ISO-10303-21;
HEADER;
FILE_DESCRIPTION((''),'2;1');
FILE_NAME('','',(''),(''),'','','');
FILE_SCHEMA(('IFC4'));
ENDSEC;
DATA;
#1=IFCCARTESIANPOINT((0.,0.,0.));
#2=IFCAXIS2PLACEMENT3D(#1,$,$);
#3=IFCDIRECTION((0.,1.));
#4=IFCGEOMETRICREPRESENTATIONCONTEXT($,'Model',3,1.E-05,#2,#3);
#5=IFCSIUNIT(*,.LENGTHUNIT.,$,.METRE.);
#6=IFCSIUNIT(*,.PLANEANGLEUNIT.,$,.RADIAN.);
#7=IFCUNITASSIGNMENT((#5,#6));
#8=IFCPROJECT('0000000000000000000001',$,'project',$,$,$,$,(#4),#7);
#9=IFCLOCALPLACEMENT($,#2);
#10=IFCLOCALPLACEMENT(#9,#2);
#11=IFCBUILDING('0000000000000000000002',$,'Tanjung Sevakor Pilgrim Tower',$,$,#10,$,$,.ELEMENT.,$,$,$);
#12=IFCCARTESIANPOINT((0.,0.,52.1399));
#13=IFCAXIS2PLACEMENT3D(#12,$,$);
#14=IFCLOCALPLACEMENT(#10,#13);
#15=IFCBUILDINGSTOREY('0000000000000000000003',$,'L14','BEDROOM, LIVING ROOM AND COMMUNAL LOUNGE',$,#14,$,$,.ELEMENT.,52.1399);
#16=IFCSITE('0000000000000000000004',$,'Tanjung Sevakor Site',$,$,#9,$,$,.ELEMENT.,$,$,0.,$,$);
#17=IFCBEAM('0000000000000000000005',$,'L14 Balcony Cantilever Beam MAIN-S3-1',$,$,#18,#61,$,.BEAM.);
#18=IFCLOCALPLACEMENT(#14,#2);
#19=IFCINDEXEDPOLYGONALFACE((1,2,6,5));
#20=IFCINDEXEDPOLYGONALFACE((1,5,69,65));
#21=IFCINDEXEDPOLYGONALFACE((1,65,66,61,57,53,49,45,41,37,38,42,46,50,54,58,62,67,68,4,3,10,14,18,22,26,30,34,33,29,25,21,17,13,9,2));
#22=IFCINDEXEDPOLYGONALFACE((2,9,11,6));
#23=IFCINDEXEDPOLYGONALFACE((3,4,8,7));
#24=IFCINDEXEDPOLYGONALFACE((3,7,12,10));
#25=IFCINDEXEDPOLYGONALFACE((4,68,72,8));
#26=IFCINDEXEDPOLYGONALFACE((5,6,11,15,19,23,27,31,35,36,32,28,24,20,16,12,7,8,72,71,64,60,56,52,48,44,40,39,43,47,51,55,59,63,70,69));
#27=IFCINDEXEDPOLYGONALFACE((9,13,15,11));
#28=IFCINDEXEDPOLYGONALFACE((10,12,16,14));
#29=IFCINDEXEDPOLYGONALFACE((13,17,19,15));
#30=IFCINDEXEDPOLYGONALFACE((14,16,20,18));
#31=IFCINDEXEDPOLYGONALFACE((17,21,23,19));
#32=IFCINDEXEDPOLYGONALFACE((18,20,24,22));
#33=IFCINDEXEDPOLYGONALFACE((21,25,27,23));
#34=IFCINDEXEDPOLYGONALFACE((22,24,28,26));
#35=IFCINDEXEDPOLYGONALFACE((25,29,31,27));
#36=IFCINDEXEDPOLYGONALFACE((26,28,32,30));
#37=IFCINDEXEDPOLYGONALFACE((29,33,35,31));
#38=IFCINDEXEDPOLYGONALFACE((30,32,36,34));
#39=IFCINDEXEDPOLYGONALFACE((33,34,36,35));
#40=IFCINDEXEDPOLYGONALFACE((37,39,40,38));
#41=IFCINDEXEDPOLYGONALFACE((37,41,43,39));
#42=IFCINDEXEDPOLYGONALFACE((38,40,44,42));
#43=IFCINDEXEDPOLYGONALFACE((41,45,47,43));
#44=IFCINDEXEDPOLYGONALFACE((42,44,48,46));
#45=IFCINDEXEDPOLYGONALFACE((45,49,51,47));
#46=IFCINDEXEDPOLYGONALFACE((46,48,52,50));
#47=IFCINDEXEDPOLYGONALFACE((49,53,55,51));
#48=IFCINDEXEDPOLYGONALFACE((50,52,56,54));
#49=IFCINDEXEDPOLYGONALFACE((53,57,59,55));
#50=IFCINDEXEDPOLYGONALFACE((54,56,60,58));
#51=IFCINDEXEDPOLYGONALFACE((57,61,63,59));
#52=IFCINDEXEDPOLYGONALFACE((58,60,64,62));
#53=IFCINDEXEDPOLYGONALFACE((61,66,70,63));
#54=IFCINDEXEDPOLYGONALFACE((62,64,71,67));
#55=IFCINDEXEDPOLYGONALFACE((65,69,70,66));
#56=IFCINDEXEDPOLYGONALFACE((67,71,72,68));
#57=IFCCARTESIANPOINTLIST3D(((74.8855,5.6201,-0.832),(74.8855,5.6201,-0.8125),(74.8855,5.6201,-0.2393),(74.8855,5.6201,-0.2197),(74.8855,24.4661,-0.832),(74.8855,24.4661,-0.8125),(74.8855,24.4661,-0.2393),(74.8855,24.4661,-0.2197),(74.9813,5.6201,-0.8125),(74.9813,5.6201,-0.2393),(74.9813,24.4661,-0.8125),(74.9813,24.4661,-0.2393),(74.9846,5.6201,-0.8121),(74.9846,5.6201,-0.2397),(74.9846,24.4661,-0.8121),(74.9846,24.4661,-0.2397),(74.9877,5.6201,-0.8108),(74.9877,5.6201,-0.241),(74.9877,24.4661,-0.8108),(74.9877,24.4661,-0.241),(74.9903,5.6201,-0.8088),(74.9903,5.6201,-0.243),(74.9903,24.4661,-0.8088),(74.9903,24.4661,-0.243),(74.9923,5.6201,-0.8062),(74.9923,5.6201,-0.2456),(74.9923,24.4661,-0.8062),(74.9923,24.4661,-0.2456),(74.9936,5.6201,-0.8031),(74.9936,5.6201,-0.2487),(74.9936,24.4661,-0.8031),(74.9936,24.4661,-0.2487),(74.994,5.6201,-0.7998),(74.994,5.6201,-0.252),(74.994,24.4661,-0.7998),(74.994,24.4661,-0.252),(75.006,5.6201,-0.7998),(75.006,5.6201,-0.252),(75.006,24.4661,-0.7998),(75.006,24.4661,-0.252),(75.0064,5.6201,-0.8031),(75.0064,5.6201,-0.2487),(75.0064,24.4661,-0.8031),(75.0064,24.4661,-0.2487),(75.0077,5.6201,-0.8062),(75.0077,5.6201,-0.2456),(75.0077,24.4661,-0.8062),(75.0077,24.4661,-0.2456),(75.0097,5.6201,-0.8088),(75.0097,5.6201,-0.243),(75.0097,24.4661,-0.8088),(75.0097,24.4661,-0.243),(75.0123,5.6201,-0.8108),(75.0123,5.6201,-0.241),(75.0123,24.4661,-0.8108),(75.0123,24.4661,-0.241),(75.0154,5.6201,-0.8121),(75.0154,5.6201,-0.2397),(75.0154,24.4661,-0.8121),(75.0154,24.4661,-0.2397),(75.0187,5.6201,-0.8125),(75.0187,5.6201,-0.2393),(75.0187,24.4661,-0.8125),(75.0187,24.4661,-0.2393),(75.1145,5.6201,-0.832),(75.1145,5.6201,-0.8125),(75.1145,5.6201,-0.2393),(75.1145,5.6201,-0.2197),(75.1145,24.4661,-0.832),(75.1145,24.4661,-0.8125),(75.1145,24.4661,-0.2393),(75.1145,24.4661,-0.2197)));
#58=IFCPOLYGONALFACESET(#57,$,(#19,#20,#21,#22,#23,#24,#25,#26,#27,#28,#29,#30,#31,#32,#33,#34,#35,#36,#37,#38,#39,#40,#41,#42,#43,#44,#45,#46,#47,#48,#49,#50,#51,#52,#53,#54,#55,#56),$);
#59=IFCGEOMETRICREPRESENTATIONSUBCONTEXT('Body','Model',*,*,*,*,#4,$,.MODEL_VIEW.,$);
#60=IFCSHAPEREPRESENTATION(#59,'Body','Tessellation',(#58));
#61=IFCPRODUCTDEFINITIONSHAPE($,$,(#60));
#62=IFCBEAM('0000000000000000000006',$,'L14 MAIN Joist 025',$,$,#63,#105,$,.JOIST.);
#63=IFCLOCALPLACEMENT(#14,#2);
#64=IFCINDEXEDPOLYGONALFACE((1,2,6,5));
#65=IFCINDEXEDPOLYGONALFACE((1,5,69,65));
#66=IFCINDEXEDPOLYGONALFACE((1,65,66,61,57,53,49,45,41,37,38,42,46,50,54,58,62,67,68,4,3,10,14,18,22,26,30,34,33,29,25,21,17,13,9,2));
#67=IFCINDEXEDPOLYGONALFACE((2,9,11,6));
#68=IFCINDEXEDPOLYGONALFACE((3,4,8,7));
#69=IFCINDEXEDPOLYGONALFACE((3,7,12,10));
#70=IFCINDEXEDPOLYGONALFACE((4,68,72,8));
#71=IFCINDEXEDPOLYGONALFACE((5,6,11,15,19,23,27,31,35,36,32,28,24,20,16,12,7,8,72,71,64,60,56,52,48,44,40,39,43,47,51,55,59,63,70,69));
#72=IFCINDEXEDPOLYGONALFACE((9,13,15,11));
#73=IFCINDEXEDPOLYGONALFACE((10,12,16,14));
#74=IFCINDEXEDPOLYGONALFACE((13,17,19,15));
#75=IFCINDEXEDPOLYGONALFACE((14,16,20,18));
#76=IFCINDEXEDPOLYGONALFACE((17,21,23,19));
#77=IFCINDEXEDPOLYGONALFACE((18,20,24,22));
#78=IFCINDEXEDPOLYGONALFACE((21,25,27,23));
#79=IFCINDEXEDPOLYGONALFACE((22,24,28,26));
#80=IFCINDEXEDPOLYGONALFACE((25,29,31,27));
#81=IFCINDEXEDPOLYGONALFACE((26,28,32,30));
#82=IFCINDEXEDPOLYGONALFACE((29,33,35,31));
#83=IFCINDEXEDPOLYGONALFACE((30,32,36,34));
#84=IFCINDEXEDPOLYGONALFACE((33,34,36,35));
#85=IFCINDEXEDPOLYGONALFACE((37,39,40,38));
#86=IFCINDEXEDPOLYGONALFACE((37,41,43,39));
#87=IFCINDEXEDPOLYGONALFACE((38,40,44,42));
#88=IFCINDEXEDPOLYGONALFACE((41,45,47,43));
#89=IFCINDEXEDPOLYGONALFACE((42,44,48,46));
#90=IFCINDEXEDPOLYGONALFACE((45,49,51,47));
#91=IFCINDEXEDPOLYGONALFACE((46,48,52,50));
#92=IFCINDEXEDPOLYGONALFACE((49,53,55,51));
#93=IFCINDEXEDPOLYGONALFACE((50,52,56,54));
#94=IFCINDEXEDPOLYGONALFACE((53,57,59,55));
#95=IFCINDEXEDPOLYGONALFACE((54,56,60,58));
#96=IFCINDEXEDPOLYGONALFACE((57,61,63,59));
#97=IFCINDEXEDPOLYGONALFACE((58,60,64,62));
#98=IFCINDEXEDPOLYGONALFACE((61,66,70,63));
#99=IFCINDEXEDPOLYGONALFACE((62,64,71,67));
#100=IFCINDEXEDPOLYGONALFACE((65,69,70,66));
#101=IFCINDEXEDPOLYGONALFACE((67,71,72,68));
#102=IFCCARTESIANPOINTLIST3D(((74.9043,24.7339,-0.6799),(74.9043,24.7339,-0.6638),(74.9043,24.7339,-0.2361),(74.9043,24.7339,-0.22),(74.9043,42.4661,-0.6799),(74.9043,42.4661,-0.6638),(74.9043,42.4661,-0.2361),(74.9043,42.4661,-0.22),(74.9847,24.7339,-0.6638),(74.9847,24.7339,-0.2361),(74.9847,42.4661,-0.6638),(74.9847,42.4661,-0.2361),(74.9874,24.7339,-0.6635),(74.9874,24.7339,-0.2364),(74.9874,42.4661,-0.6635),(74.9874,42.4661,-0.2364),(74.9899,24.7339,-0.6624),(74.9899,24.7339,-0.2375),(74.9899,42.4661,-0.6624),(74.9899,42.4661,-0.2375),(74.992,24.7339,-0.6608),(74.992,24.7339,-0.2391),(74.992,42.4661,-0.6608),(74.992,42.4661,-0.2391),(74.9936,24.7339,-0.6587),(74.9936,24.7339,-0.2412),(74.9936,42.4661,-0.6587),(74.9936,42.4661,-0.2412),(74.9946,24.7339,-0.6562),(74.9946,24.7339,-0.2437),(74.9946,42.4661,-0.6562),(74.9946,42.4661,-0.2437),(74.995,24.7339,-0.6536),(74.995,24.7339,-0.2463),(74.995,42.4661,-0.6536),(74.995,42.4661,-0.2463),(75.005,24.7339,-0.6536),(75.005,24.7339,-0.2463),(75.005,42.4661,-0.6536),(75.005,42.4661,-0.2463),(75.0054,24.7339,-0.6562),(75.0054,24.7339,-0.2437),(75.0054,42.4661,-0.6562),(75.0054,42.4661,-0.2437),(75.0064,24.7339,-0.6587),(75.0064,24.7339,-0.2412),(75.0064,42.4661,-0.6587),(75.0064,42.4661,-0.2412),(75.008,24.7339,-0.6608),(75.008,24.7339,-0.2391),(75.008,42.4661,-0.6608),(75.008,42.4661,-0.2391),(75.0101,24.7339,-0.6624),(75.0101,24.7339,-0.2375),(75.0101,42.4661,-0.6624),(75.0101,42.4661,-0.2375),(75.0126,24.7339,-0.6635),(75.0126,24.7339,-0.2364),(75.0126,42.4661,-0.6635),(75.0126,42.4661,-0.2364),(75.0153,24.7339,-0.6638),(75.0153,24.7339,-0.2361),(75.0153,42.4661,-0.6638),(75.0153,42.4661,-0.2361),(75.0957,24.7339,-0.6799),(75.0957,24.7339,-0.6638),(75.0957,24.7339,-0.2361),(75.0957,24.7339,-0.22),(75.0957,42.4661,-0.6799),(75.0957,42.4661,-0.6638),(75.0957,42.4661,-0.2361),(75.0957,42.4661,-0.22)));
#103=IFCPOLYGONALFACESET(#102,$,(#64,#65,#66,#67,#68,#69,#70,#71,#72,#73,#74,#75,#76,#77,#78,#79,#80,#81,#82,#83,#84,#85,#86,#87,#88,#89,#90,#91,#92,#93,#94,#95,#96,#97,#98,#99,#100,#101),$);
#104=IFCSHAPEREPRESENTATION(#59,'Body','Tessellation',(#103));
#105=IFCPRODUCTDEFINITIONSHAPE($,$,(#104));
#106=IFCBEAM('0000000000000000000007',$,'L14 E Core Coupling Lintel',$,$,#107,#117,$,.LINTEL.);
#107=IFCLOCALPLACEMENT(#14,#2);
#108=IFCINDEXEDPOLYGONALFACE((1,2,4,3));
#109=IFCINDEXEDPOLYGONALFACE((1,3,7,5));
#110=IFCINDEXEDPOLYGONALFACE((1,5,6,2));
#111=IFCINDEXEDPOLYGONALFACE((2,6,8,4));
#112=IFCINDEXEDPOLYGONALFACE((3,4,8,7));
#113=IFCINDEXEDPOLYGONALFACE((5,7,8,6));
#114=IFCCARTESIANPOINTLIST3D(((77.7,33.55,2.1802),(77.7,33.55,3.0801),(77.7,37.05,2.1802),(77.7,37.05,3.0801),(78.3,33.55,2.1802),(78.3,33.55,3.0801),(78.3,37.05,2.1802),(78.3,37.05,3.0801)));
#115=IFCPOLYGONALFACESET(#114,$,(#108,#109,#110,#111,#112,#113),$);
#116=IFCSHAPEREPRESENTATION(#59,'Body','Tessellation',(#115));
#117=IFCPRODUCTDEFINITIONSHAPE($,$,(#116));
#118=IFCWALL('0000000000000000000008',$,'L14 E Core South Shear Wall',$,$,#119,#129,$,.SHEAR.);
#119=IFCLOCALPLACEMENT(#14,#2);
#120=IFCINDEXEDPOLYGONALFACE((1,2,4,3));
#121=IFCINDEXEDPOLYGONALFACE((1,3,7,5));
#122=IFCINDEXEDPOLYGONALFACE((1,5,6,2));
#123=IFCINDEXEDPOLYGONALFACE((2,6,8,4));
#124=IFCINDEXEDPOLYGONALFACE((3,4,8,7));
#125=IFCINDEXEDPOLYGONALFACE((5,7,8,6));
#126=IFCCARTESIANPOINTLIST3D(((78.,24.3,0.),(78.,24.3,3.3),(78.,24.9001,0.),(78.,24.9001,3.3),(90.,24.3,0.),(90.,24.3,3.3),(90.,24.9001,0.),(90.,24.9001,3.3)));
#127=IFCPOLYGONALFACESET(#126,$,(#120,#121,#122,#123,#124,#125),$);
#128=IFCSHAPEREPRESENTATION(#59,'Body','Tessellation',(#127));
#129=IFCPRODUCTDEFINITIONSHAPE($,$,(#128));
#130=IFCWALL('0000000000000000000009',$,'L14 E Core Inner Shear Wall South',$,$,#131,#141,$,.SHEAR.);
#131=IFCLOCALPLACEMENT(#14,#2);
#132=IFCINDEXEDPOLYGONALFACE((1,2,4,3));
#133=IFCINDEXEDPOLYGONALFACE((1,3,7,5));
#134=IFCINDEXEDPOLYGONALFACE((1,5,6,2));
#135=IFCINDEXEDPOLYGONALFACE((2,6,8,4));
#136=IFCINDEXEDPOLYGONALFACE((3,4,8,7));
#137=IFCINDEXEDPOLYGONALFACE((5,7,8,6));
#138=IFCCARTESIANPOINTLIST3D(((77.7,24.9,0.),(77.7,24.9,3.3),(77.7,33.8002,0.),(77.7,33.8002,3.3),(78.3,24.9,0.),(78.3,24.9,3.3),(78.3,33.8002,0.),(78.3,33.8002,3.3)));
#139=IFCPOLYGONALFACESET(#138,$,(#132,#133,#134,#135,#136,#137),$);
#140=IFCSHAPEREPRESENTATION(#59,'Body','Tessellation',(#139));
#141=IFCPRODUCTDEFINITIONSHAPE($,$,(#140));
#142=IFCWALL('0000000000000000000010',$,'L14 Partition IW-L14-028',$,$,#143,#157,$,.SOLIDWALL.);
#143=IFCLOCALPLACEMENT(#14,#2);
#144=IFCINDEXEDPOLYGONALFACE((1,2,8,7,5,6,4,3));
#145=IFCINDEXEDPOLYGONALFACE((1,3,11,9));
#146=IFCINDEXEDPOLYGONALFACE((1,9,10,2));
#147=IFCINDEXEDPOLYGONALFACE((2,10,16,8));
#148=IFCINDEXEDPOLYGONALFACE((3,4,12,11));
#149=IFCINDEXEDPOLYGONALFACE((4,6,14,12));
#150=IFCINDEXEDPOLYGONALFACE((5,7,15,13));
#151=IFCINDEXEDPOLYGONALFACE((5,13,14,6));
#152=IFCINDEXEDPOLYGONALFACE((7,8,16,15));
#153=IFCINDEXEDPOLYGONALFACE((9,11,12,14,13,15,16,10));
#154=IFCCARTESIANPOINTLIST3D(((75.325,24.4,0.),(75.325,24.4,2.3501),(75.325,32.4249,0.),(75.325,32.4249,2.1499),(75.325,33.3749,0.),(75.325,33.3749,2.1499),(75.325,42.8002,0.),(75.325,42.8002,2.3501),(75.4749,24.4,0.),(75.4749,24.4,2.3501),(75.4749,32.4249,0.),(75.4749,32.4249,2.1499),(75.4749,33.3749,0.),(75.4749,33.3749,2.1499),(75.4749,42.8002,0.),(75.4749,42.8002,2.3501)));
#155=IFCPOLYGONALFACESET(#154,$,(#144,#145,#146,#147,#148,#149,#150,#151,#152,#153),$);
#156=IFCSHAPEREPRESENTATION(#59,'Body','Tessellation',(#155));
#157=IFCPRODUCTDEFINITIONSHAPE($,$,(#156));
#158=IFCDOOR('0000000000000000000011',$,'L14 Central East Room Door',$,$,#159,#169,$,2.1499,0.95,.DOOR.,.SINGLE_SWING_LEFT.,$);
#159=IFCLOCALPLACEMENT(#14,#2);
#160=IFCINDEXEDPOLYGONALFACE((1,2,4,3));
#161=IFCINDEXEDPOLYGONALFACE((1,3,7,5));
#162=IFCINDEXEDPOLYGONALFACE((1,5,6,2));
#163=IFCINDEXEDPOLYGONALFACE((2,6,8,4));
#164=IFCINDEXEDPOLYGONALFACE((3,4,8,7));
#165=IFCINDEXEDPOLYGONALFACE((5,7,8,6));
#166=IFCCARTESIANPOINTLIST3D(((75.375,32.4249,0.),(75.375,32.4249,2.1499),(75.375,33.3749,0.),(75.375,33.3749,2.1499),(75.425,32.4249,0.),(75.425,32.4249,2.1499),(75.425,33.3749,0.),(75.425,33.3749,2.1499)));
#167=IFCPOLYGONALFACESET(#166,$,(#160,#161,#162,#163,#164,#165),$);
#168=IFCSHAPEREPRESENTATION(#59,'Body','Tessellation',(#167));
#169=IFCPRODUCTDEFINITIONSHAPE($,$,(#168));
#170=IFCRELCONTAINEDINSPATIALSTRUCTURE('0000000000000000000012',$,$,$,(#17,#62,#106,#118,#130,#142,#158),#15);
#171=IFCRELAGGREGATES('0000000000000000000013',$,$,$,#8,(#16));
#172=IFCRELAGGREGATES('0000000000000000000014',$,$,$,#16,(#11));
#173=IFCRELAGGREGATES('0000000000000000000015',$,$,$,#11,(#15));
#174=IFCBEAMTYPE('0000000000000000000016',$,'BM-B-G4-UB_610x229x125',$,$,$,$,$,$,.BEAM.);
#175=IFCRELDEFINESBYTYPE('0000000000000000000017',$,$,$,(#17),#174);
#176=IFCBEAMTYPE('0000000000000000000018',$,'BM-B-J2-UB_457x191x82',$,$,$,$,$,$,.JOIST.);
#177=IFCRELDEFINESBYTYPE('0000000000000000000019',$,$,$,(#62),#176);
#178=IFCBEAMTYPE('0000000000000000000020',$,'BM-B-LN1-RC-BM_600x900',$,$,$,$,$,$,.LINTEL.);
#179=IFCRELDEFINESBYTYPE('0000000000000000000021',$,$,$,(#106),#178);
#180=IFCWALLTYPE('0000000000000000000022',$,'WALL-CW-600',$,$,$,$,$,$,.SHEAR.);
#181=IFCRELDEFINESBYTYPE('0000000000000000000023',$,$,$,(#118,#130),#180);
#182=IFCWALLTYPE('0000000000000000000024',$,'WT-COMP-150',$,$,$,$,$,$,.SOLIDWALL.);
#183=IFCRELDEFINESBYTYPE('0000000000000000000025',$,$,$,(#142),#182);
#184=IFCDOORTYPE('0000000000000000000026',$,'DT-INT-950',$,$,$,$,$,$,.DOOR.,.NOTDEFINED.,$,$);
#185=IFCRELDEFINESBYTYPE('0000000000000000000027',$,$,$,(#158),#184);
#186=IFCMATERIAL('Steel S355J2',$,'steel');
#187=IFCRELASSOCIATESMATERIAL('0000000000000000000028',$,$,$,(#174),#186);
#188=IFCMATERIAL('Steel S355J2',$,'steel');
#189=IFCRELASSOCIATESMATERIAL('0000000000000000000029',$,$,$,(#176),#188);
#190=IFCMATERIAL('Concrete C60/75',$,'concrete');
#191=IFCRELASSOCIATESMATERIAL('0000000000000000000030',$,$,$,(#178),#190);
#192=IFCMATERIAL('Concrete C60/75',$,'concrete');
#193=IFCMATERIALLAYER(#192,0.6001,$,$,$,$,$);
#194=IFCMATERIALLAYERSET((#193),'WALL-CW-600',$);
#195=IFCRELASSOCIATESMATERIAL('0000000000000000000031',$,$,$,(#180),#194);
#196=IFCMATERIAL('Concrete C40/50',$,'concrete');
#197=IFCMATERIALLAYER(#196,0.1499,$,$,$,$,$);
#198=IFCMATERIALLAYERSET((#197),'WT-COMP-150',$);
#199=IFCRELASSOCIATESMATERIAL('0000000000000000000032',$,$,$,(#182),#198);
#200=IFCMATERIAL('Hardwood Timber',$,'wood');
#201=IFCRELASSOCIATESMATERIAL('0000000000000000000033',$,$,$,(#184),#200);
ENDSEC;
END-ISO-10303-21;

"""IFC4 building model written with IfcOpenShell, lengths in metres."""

from ifc_helpers import new_model, si_unit, direction, frame, frame_2d, origin, origin_2d, place, context, subcontext, project, spatial, rectangle, i_section, extrude, material, layer, layer_set, material_profile, profile_set, type_object, element, fill, save


model = new_model("IFC4")

# Units and contexts
model_context = context("Model", 3, precision=1e-05, world=origin(), true_north=direction((0.0, 1.0)))
body_context = subcontext(model_context, "Body", "Model", "MODEL_VIEW")
ifc_project = project(units=[si_unit("LENGTHUNIT", "METRE"), si_unit("PLANEANGLEUNIT", "RADIAN")], contexts=[model_context])

# Site, building, storey
site_placement = place(None, origin())
site = spatial("IfcSite", under=ifc_project, at=site_placement, Name="Tanjung Sevakor Site", CompositionType="ELEMENT", RefElevation=0.0)
building_placement = place(site_placement, origin())
building = spatial("IfcBuilding", under=site, at=building_placement, Name="Tanjung Sevakor Pilgrim Tower", CompositionType="ELEMENT")
storey_placement = place(building_placement, frame((0.0, 0.0, 52.1399)))
storey = spatial("IfcBuildingStorey", under=building, at=storey_placement, Name="L14", Description="BEDROOM, LIVING ROOM AND COMMUNAL LOUNGE", CompositionType="ELEMENT", Elevation=52.1399)

# Beams
ifc_material_1 = material(Name="Steel S355J2", Category="steel")
ifc_material_profile_1 = material_profile(ifc_material_1, i_section(OverallWidth=0.229, OverallDepth=0.6123, WebThickness=0.012, FlangeThickness=0.0195, FilletRadius=0.0127, at=origin_2d()))
ifc_profile_set_1 = profile_set([ifc_material_profile_1], Name="Steel S355J2")
beam_type_1 = type_object("IfcBeamType", Name="BM-B-G4-UB_610x229x125", PredefinedType="BEAM", material=ifc_profile_set_1)
beam_1_placement = place(storey_placement, frame((75.0, 24.4661, -0.5259), z_axis=(0.0, -1.0, 0.0), x_axis=(1.0, 0.0, 0.0)))
element("IfcBeam", 1, at=beam_1_placement, inside=storey, type_object=beam_type_1, Name="L14 Balcony Cantilever Beam MAIN-S3-1", PredefinedType="BEAM", context=body_context, shape_type="SweptSolid", body=[
    extrude(i_section(OverallWidth=0.229, OverallDepth=0.6123, WebThickness=0.012, FlangeThickness=0.0195, FilletRadius=0.0127, at=origin_2d()), origin(), (0.0, 0.0, 1.0), 18.8459),
])
ifc_material_2 = material(Name="Steel S355J2", Category="steel")
ifc_material_profile_2 = material_profile(ifc_material_2, i_section(OverallWidth=0.1914, OverallDepth=0.46, WebThickness=0.01, FlangeThickness=0.0161, FilletRadius=0.0103, at=origin_2d()))
ifc_profile_set_2 = profile_set([ifc_material_profile_2], Name="Steel S355J2")
beam_type_2 = type_object("IfcBeamType", Name="BM-B-J2-UB_457x191x82", PredefinedType="JOIST", material=ifc_profile_set_2)
beam_2_placement = place(storey_placement, frame((75.0, 24.7339, -0.45), z_axis=(0.0, 1.0, 0.0), x_axis=(-1.0, 0.0, 0.0)))
element("IfcBeam", 2, at=beam_2_placement, inside=storey, type_object=beam_type_2, Name="L14 MAIN Joist 025", PredefinedType="JOIST", context=body_context, shape_type="SweptSolid", body=[
    extrude(i_section(OverallWidth=0.1914, OverallDepth=0.46, WebThickness=0.01, FlangeThickness=0.0161, FilletRadius=0.0103, at=origin_2d()), origin(), (0.0, 0.0, 1.0), 17.7322),
])
ifc_material_3 = material(Name="Concrete C60/75", Category="concrete")
ifc_material_profile_3 = material_profile(ifc_material_3, rectangle(XDim=0.6001, YDim=0.8999, at=origin_2d()))
ifc_profile_set_3 = profile_set([ifc_material_profile_3], Name="Concrete C60/75")
beam_type_3 = type_object("IfcBeamType", Name="BM-B-LN1-RC-BM_600x900", PredefinedType="LINTEL", material=ifc_profile_set_3)
beam_3_placement = place(storey_placement, frame((78.0, 33.55, 2.6301), z_axis=(0.0, 1.0, 0.0), x_axis=(-1.0, 0.0, 0.0)))
element("IfcBeam", 3, at=beam_3_placement, inside=storey, type_object=beam_type_3, Name="L14 E Core Coupling Lintel", PredefinedType="LINTEL", context=body_context, shape_type="SweptSolid", body=[
    extrude(rectangle(XDim=0.6001, YDim=0.8999, at=origin_2d()), origin(), (0.0, 0.0, 1.0), 3.5),
])

# Walls
ifc_material_4 = material(Name="Concrete C60/75", Category="concrete")
ifc_layer_1 = layer(ifc_material_4, 0.6001)
ifc_layer_set_1 = layer_set([ifc_layer_1], Name="WALL-CW-600")
wall_type_1 = type_object("IfcWallType", Name="WALL-CW-600", PredefinedType="SHEAR", material=ifc_layer_set_1)
wall_1_placement = place(storey_placement, frame((78.0, 24.6001, 0.0), z_axis=(0.0, 0.0, 1.0), x_axis=(1.0, 0.0, 0.0)))
element("IfcWall", 4, at=wall_1_placement, inside=storey, type_object=wall_type_1, Name="L14 E Core South Shear Wall", PredefinedType="SHEAR", context=body_context, shape_type="SweptSolid", body=[
    extrude(rectangle(XDim=12.0, YDim=0.6001, at=frame_2d((6.0, 0.0))), origin(), (0.0, 0.0, 1.0), 3.3),
])
wall_2_placement = place(storey_placement, frame((78.0, 24.8999, 0.0), z_axis=(0.0, 0.0, 1.0), x_axis=(0.0, 1.0, 0.0)))
element("IfcWall", 5, at=wall_2_placement, inside=storey, type_object=wall_type_1, Name="L14 E Core Inner Shear Wall South", PredefinedType="SHEAR", context=body_context, shape_type="SweptSolid", body=[
    extrude(rectangle(XDim=8.9001, YDim=0.6001, at=frame_2d((4.4502, 0.0))), origin(), (0.0, 0.0, 1.0), 3.3),
])

# Wall, opening, door
ifc_material_5 = material(Name="Concrete C40/50", Category="concrete")
ifc_layer_2 = layer(ifc_material_5, 0.1499)
ifc_layer_set_2 = layer_set([ifc_layer_2], Name="WT-COMP-150")
wall_type_2 = type_object("IfcWallType", Name="WT-COMP-150", PredefinedType="SOLIDWALL", material=ifc_layer_set_2)
wall_3_placement = place(storey_placement, frame((75.3999, 24.3999, 0.0), z_axis=(0.0, 0.0, 1.0), x_axis=(0.0, 1.0, 0.0)))
wall_3 = element("IfcWall", 6, at=wall_3_placement, inside=storey, type_object=wall_type_2, Name="L14 Partition IW-L14-028", PredefinedType="SOLIDWALL", context=body_context, shape_type="SweptSolid", body=[
    extrude(rectangle(XDim=18.4001, YDim=0.1499, at=frame_2d((9.2002, 0.0))), origin(), (0.0, 0.0, 1.0), 2.3501),
])
opening_1_placement = place(wall_3_placement, frame((8.0249, 0.0, 0.0)))
opening_1 = element("IfcOpeningElement", 7, at=opening_1_placement, cuts=wall_3, PredefinedType="OPENING", context=body_context, shape_type="SweptSolid", body=[
    extrude(rectangle(XDim=0.95, YDim=2.1499, at=frame_2d((0.4751, 1.075))), frame((0.0, 0.085, 0.0), z_axis=(0.0, -1.0, 0.0), x_axis=(1.0, 0.0, 0.0)), (0.0, 0.0, 1.0), 0.1699),
])
ifc_material_6 = material(Name="Hardwood Timber", Category="wood")
door_type_1 = type_object("IfcDoorType", Name="DT-INT-950", OperationType="NOTDEFINED", PredefinedType="DOOR", material=ifc_material_6)
door_1_placement = place(opening_1_placement, origin())
door_1 = element("IfcDoor", 8, at=door_1_placement, inside=storey, type_object=door_type_1, Name="L14 Central East Room Door", OperationType="SINGLE_SWING_LEFT", OverallHeight=2.1499, OverallWidth=0.95, PredefinedType="DOOR", context=body_context, shape_type="SweptSolid", body=[
    extrude(rectangle(XDim=0.95, YDim=2.1499, at=frame_2d((0.4751, 1.075))), frame((0.0, 0.0249, 0.0), z_axis=(0.0, -1.0, 0.0), x_axis=(1.0, 0.0, 0.0)), (0.0, 0.0, 1.0), 0.05),
])
fill(opening_1, door_1)

save(model, "model.ifc")
